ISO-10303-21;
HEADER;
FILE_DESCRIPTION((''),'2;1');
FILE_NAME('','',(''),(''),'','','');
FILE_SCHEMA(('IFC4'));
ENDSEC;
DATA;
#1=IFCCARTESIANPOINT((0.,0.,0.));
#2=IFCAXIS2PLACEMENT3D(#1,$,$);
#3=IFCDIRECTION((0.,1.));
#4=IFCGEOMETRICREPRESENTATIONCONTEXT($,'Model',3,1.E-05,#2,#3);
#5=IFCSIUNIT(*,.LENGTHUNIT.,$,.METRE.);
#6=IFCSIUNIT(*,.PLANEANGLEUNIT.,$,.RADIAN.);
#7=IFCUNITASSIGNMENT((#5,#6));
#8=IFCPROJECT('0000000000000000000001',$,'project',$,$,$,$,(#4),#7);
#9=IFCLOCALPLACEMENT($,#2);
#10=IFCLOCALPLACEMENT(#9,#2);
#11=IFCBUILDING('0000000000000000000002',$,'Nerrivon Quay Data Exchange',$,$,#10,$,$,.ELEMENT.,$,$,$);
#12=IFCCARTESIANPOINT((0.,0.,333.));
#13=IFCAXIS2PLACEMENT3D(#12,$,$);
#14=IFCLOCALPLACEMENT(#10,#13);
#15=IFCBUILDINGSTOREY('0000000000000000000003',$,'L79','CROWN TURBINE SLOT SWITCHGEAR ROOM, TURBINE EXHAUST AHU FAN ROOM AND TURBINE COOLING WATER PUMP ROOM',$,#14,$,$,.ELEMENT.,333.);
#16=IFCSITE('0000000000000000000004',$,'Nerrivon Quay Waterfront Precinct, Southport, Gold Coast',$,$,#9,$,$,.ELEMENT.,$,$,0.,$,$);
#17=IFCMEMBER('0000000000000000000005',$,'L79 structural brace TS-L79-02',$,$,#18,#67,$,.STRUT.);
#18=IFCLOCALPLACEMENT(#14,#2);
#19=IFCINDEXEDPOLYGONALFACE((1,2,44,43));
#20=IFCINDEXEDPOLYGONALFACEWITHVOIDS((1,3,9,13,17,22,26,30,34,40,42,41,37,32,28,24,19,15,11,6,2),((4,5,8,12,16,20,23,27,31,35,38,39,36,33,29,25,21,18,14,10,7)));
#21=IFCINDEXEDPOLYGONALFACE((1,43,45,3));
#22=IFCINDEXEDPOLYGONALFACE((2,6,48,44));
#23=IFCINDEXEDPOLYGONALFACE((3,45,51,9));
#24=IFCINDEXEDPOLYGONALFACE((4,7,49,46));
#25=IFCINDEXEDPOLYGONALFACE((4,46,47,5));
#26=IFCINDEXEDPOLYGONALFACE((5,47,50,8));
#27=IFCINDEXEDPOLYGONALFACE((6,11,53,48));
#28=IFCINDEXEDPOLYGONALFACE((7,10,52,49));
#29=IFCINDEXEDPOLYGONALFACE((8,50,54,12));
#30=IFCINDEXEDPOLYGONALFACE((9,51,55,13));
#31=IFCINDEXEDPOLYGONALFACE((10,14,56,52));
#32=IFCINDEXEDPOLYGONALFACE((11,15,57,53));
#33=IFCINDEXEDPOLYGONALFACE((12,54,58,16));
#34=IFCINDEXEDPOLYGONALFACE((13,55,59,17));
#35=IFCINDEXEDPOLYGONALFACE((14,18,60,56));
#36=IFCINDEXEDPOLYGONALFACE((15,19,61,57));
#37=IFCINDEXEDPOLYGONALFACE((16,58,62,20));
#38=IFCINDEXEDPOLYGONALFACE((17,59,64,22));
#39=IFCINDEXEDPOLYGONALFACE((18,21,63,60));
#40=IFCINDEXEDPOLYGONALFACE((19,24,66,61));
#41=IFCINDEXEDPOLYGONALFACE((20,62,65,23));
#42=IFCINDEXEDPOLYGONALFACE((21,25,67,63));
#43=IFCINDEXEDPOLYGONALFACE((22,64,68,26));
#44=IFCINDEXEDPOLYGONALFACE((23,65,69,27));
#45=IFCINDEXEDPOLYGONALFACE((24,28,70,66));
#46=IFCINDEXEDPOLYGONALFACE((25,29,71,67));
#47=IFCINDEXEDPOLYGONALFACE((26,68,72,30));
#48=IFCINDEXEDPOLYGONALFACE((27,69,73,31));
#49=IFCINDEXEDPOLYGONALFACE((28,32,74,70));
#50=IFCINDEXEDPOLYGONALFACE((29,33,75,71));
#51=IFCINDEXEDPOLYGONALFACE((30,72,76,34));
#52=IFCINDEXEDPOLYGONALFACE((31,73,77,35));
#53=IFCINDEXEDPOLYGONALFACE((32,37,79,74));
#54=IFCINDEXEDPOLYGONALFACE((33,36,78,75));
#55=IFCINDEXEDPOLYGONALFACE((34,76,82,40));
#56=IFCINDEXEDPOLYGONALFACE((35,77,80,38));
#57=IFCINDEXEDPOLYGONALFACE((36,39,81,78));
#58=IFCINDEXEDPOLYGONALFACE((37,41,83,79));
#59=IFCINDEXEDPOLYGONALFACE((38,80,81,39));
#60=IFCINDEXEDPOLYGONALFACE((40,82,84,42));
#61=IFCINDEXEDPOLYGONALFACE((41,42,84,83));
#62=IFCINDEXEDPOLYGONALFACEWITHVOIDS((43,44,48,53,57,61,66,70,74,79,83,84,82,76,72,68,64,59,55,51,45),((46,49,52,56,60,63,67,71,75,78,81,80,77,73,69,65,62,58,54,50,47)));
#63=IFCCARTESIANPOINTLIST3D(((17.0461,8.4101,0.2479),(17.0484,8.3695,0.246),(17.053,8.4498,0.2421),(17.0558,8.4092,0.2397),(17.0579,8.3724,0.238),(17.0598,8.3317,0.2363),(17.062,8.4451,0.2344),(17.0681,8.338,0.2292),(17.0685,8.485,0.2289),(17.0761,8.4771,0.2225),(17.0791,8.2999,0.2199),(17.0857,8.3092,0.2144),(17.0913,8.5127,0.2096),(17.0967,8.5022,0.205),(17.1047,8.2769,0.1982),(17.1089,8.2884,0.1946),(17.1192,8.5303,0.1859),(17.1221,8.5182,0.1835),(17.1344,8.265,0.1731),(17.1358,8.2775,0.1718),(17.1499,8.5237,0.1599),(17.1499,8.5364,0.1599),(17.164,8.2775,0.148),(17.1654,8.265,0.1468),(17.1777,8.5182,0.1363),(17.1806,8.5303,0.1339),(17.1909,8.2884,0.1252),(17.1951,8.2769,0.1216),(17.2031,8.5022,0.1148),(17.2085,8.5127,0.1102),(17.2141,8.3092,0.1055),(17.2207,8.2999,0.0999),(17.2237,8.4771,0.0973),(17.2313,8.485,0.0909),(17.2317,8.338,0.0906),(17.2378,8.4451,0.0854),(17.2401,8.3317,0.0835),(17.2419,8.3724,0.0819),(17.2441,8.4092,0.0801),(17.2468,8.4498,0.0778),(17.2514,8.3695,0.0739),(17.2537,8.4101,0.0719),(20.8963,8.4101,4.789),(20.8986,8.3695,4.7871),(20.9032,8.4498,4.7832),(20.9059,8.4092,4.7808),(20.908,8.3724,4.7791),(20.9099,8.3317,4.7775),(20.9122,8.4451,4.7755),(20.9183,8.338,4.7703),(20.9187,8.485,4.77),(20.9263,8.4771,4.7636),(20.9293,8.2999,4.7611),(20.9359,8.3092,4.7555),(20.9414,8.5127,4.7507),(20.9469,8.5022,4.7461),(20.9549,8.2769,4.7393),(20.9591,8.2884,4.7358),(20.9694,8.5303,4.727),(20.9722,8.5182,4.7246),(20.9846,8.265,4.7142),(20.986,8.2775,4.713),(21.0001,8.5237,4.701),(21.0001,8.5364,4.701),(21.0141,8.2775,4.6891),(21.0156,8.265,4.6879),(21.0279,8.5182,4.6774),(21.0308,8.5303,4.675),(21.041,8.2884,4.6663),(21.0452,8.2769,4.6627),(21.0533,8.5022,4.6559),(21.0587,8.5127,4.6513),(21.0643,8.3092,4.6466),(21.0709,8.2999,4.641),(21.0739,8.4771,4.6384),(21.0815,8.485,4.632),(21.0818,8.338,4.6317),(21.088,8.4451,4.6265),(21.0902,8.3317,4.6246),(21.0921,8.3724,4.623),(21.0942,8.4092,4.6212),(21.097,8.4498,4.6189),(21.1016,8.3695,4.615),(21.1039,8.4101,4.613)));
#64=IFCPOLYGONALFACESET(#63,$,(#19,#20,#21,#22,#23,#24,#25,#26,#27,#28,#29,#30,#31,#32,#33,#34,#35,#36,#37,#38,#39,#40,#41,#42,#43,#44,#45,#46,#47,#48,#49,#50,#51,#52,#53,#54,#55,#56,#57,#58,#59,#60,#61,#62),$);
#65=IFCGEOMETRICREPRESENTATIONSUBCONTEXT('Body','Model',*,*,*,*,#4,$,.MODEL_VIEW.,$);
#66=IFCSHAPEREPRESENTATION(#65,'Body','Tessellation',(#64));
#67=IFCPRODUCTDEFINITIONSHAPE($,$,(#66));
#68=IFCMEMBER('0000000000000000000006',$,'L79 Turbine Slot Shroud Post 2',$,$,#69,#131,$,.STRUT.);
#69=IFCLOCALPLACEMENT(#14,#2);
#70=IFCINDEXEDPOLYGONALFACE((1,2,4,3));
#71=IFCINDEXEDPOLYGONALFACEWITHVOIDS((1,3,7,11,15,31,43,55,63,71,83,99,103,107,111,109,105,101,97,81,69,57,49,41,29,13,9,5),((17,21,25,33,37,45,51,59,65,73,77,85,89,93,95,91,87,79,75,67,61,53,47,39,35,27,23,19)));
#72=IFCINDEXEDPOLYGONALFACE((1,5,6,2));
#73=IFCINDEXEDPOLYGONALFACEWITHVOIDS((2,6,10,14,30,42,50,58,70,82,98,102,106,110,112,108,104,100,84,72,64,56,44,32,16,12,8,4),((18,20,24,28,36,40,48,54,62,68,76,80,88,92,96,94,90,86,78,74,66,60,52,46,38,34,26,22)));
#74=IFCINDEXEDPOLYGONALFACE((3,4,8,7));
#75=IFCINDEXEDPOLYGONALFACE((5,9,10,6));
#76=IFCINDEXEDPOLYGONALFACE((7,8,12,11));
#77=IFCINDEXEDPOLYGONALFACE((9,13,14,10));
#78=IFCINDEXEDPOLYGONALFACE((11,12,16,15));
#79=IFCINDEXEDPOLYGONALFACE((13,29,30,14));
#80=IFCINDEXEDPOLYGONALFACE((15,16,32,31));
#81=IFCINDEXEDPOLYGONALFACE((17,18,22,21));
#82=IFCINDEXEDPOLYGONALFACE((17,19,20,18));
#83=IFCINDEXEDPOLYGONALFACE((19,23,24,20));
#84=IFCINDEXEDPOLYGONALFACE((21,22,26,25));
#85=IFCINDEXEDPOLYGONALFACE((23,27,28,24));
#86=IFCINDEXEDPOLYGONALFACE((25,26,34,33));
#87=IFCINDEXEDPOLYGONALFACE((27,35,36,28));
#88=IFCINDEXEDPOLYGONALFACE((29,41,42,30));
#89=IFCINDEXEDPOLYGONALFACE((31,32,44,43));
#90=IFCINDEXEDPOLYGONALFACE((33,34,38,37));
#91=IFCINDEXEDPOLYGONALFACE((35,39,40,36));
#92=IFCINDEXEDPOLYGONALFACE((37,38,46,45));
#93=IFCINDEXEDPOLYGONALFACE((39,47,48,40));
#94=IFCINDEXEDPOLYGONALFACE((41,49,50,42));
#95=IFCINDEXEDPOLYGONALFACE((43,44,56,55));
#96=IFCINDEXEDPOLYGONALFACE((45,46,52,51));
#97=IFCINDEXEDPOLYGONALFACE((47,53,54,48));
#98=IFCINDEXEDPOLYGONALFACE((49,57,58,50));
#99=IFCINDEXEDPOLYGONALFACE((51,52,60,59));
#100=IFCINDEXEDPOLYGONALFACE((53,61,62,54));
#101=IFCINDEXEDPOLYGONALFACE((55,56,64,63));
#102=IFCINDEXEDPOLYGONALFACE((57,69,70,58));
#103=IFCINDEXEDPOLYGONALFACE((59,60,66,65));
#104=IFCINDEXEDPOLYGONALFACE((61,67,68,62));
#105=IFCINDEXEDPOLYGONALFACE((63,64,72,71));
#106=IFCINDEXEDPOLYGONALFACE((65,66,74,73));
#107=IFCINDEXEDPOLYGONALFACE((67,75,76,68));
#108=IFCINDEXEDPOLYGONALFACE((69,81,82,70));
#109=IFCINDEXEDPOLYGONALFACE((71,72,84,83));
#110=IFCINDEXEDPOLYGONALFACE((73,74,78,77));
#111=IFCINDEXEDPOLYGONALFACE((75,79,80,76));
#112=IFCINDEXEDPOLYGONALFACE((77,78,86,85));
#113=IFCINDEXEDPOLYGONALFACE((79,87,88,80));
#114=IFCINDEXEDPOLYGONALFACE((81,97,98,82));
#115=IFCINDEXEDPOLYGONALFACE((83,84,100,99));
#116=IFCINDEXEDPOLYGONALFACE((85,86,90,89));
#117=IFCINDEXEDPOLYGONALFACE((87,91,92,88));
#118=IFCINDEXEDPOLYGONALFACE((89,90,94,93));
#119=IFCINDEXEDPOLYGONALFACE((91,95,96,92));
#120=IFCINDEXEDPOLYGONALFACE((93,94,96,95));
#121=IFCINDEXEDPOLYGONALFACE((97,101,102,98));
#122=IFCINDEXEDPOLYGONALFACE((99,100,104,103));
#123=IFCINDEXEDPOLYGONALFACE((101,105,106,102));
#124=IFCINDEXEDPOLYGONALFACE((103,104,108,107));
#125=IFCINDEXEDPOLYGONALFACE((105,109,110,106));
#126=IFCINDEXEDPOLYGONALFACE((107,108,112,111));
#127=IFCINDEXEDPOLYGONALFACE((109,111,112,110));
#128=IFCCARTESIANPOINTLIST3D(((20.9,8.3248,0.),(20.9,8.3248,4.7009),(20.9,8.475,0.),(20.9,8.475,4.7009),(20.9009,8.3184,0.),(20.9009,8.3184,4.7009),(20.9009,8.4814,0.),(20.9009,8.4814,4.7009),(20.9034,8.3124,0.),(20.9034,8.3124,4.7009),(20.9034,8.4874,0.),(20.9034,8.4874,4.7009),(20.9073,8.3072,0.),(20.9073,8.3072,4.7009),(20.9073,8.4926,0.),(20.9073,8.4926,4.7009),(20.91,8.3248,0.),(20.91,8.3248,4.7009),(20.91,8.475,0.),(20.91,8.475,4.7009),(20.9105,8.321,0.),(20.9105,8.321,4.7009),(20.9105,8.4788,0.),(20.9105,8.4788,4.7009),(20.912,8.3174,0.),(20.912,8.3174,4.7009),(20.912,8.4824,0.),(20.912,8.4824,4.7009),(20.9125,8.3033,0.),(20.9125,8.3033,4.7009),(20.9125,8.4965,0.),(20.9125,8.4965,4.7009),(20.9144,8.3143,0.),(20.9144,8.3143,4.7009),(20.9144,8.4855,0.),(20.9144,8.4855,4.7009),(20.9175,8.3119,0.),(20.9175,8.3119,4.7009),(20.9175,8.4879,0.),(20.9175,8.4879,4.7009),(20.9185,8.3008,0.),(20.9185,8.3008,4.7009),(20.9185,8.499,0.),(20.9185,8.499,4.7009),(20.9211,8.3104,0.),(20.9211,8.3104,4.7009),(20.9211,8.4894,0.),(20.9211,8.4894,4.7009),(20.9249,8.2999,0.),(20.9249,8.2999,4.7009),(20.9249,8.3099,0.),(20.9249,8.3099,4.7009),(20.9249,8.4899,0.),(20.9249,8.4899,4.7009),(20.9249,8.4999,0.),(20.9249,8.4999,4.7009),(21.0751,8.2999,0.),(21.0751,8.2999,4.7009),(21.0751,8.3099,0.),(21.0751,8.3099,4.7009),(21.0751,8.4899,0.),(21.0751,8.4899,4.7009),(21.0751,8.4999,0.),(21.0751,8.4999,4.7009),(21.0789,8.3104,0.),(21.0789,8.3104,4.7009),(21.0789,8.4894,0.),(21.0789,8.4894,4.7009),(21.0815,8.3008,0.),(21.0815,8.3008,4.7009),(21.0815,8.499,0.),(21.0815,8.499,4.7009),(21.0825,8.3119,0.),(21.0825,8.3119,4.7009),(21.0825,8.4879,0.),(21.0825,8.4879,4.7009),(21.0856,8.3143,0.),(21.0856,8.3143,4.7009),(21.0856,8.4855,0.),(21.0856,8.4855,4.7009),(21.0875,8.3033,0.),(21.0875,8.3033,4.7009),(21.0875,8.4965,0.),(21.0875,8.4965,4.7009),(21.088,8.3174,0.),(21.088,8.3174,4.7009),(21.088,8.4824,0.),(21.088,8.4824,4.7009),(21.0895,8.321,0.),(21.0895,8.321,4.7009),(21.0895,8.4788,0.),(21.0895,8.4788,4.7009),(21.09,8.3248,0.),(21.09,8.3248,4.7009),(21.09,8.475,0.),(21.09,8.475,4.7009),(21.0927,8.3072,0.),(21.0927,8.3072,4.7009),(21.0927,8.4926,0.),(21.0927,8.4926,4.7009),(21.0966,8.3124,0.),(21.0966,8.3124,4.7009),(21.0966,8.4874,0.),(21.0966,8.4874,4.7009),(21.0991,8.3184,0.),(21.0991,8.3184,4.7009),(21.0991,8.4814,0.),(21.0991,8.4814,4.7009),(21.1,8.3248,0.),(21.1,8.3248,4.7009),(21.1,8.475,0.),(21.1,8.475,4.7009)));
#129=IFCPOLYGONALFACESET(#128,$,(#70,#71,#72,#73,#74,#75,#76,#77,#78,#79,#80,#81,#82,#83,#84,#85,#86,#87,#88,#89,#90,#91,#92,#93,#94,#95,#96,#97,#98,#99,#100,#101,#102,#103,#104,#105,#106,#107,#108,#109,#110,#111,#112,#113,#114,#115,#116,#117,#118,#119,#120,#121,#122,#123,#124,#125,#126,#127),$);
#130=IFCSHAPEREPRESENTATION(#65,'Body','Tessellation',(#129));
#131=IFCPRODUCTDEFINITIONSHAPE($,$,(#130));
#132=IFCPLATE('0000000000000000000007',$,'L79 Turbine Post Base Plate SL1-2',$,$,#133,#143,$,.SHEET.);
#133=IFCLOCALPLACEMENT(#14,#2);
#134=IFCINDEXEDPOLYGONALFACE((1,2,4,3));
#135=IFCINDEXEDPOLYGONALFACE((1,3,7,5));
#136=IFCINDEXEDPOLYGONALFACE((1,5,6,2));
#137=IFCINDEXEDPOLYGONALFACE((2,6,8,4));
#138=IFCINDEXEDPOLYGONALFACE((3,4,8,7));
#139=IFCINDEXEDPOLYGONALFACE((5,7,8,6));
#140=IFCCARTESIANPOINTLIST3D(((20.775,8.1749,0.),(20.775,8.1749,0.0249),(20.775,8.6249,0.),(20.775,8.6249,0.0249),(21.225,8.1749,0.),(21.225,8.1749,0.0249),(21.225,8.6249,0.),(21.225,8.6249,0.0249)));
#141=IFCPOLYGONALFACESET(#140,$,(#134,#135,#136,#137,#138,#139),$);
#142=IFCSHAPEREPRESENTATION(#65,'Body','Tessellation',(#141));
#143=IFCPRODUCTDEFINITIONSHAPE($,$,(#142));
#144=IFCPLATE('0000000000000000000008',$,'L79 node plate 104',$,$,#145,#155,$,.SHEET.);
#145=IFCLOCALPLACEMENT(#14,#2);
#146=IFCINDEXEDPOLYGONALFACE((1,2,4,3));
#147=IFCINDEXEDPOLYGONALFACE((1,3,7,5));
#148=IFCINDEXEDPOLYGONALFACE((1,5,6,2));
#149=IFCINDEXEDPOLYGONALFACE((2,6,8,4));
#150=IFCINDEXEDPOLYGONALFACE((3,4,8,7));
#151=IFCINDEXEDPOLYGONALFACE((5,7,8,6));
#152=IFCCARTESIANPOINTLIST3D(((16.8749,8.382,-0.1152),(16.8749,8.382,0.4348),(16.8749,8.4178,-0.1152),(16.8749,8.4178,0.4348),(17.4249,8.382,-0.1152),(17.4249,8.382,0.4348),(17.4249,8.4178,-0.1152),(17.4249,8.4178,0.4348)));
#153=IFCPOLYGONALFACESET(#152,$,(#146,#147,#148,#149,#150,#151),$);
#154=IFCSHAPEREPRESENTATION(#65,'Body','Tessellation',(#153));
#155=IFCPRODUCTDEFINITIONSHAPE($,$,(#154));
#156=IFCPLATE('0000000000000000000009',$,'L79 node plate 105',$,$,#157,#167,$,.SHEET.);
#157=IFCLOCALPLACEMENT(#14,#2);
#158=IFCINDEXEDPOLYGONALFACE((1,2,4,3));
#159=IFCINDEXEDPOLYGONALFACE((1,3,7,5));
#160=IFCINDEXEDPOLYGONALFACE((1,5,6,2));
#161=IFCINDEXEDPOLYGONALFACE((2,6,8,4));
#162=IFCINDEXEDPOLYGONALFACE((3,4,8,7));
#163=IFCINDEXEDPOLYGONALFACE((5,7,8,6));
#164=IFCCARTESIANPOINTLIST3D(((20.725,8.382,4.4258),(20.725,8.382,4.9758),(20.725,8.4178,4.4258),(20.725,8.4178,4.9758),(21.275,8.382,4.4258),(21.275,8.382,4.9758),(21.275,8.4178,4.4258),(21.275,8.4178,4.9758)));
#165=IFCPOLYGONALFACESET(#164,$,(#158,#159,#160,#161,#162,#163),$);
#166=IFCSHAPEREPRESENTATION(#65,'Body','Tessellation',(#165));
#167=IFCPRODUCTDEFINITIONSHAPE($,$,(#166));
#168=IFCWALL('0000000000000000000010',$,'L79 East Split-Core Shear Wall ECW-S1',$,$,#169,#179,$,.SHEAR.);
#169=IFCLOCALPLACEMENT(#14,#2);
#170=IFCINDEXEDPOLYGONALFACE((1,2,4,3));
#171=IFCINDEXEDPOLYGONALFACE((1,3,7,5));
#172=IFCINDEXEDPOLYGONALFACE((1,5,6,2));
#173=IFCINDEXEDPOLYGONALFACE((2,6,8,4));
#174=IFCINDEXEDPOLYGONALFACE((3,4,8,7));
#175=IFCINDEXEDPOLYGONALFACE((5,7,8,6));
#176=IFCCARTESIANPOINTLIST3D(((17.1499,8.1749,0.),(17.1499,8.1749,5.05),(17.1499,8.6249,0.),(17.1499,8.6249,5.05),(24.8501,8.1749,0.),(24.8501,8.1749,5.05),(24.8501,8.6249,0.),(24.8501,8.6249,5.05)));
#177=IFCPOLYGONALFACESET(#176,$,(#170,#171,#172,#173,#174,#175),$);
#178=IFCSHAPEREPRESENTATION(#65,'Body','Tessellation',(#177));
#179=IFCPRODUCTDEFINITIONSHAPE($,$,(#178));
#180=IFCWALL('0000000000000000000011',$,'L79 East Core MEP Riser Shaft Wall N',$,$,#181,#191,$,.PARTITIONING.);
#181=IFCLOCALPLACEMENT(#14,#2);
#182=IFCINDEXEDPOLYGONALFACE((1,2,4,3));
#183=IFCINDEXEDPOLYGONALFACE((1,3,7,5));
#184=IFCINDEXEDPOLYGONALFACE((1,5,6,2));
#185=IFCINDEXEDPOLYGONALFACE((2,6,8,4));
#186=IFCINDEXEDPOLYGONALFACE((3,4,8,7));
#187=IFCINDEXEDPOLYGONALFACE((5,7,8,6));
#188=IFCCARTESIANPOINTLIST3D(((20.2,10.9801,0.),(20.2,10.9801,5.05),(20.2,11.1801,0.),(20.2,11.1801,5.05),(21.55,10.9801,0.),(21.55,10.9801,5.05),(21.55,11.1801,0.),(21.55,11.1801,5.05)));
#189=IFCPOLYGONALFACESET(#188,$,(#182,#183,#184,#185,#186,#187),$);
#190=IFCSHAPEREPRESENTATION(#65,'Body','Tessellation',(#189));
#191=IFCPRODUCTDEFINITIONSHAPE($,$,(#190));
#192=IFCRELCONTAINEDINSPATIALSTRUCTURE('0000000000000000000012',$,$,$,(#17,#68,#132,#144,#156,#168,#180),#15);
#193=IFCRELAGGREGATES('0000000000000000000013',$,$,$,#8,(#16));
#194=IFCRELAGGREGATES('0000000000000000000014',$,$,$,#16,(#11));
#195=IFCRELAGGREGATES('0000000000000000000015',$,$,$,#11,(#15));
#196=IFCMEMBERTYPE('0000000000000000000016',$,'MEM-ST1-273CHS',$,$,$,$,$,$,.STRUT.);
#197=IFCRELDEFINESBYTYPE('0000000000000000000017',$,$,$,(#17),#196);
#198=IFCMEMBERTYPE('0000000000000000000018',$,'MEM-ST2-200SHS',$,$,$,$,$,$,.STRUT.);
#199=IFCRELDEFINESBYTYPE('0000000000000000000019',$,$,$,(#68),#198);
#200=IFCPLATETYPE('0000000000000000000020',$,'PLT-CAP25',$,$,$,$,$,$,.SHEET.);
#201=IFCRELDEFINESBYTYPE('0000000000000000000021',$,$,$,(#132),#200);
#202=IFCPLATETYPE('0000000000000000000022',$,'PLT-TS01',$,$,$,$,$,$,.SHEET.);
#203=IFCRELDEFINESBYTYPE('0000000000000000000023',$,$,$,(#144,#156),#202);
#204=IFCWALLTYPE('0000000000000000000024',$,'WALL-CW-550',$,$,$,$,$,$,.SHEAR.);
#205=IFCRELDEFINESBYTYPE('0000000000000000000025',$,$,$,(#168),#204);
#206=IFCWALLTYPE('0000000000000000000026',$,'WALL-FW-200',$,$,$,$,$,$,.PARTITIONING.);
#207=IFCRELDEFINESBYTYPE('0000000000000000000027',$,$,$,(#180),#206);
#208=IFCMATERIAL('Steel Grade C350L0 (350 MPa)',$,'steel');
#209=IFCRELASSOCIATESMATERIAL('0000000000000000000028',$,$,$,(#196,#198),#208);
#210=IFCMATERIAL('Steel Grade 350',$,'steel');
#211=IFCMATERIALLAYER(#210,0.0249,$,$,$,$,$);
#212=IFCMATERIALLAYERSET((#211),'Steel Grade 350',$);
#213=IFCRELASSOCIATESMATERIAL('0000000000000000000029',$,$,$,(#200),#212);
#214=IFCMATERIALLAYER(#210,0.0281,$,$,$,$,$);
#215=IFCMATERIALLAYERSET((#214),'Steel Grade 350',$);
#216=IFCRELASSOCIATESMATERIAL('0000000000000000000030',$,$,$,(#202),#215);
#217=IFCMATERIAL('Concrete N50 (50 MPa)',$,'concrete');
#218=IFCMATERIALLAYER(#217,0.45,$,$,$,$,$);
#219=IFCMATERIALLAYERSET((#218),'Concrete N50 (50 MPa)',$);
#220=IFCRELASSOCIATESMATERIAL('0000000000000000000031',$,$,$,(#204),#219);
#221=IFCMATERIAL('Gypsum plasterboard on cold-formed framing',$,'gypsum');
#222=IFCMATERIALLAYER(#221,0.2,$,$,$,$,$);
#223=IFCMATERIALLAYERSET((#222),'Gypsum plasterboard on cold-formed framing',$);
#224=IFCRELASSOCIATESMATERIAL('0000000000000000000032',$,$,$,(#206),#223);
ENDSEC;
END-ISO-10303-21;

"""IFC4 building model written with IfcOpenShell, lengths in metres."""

from ifc_helpers import new_model, si_unit, direction, frame, frame_2d, origin, origin_2d, place, context, subcontext, project, spatial, rectangle, hollow_rectangle, hollow_circle, extrude, material, layer, layer_set, material_profile, profile_set, type_object, element, save


model = new_model("IFC4")

# Units and contexts
model_context = context("Model", 3, precision=1e-05, world=origin(), true_north=direction((0.0, 1.0)))
body_context = subcontext(model_context, "Body", "Model", "MODEL_VIEW")
ifc_project = project(units=[si_unit("LENGTHUNIT", "METRE"), si_unit("PLANEANGLEUNIT", "RADIAN")], contexts=[model_context])

# Site, building, storey
site_placement = place(None, origin())
site = spatial("IfcSite", under=ifc_project, at=site_placement, Name="Nerrivon Quay Waterfront Precinct, Southport, Gold Coast", CompositionType="ELEMENT", RefElevation=0.0)
building_placement = place(site_placement, origin())
building = spatial("IfcBuilding", under=site, at=building_placement, Name="Nerrivon Quay Data Exchange", CompositionType="ELEMENT")
storey_placement = place(building_placement, frame((0.0, 0.0, 333.0)))
storey = spatial("IfcBuildingStorey", under=building, at=storey_placement, Name="L79", Description="CROWN TURBINE SLOT SWITCHGEAR ROOM, TURBINE EXHAUST AHU FAN ROOM AND TURBINE COOLING WATER PUMP ROOM", CompositionType="ELEMENT", Elevation=333.0)

# Shared definitions
ifc_material_1 = material(Name="Concrete N50 (50 MPa)", Category="concrete")

# Shared definitions
ifc_material_2 = material(Name="Steel Grade 350", Category="steel")

# Members
ifc_material_3 = material(Name="Steel Grade C350L0 (350 MPa)", Category="steel")
ifc_material_profile_1 = material_profile(ifc_material_3, hollow_circle(Radius=0.1365, WallThickness=0.0127, at=origin_2d()), Name="273.1x12.7CHS")
ifc_profile_set_1 = profile_set([ifc_material_profile_1], Name="Steel Grade C350L0 (350 MPa)")
member_type_1 = type_object("IfcMemberType", Name="MEM-ST1-273CHS", PredefinedType="STRUT", material=ifc_profile_set_1)
member_1_placement = place(storey_placement, frame((17.1499, 8.3999, 0.1599), z_axis=(0.646696, 0.0, 0.762748), x_axis=(0.0, 1.0, 0.0)))
element("IfcMember", 1, at=member_1_placement, inside=storey, type_object=member_type_1, Name="L79 structural brace TS-L79-02", PredefinedType="STRUT", context=body_context, shape_type="SweptSolid", body=[
    extrude(hollow_circle(Radius=0.1365, WallThickness=0.0127, at=origin_2d()), origin(), (0.0, 0.0, 1.0), 5.9536),
])
ifc_material_profile_2 = material_profile(ifc_material_3, hollow_rectangle(XDim=0.2, YDim=0.2, WallThickness=0.01, InnerFilletRadius=0.0149, OuterFilletRadius=0.0249, at=origin_2d()), Name="200x200x10.0SHS")
ifc_profile_set_2 = profile_set([ifc_material_profile_2], Name="Steel Grade C350L0 (350 MPa)")
member_type_2 = type_object("IfcMemberType", Name="MEM-ST2-200SHS", PredefinedType="STRUT", material=ifc_profile_set_2)
member_2_placement = place(storey_placement, frame((21.0, 8.3999, 0.0), z_axis=(0.0, 0.0, 1.0), x_axis=(1.0, 0.0, 0.0)))
element("IfcMember", 2, at=member_2_placement, inside=storey, type_object=member_type_2, Name="L79 Turbine Slot Shroud Post 2", PredefinedType="STRUT", context=body_context, shape_type="SweptSolid", body=[
    extrude(hollow_rectangle(XDim=0.2, YDim=0.2, WallThickness=0.01, InnerFilletRadius=0.0149, OuterFilletRadius=0.0249, at=origin_2d()), origin(), (0.0, 0.0, 1.0), 4.7009),
])

# Plates
ifc_layer_1 = layer(ifc_material_2, 0.0249)
ifc_layer_set_1 = layer_set([ifc_layer_1], Name="Steel Grade 350")
plate_type_1 = type_object("IfcPlateType", Name="PLT-CAP25", PredefinedType="SHEET", material=ifc_layer_set_1)
plate_placement = place(storey_placement, frame((21.0, 8.3999, 0.0), z_axis=(0.0, 0.0, 1.0), x_axis=(1.0, 0.0, 0.0)))
element("IfcPlate", 3, at=plate_placement, inside=storey, type_object=plate_type_1, Name="L79 Turbine Post Base Plate SL1-2", PredefinedType="SHEET", context=body_context, shape_type="SweptSolid", body=[
    extrude(rectangle(XDim=0.45, YDim=0.45, at=origin_2d()), origin(), (0.0, 0.0, 1.0), 0.0249),
])
ifc_layer_2 = layer(ifc_material_2, 0.0281)
ifc_layer_set_2 = layer_set([ifc_layer_2], Name="Steel Grade 350")
plate_type_2 = type_object("IfcPlateType", Name="PLT-TS01", PredefinedType="SHEET", material=ifc_layer_set_2)
for number, where, z_axis, x_axis, name in (
    (4, (17.1499, 8.3999, -0.1152), (0.0, 0.0, 1.0), (1.0, 0.0, 0.0), "L79 node plate 104"),
    (5, (21.0, 8.3999, 4.4258), (0.0, 0.0, 1.0), (1.0, 0.0, 0.0), "L79 node plate 105"),
):
    element("IfcPlate", number, at=place(storey_placement, frame(where, z_axis=z_axis, x_axis=x_axis)), inside=storey, type_object=plate_type_2, Name=name, PredefinedType="SHEET", context=body_context, shape_type="SweptSolid", body=[
        extrude(rectangle(XDim=0.55, YDim=0.0359, at=origin_2d()), origin(), (0.0, 0.0, 1.0), 0.55),
    ])

# Wall
ifc_layer_3 = layer(ifc_material_1, 0.45)
ifc_layer_set_3 = layer_set([ifc_layer_3], Name="Concrete N50 (50 MPa)")
wall_type_1 = type_object("IfcWallType", Name="WALL-CW-550", PredefinedType="SHEAR", material=ifc_layer_set_3)
wall_1_placement = place(storey_placement, frame((17.1499, 8.3999, 0.0), z_axis=(0.0, 0.0, 1.0), x_axis=(1.0, 0.0, 0.0)))
element("IfcWall", 6, at=wall_1_placement, inside=storey, type_object=wall_type_1, Name="L79 East Split-Core Shear Wall ECW-S1", PredefinedType="SHEAR", context=body_context, shape_type="SweptSolid", body=[
    extrude(rectangle(XDim=7.7002, YDim=0.45, at=frame_2d((3.8501, 0.0))), origin(), (0.0, 0.0, 1.0), 5.05),
])

# Wall
ifc_material_4 = material(Name="Gypsum plasterboard on cold-formed framing", Category="gypsum")
ifc_layer_4 = layer(ifc_material_4, 0.2)
ifc_layer_set_4 = layer_set([ifc_layer_4], Name="Gypsum plasterboard on cold-formed framing")
wall_type_2 = type_object("IfcWallType", Name="WALL-FW-200", PredefinedType="PARTITIONING", material=ifc_layer_set_4)
wall_2_placement = place(storey_placement, frame((20.2, 11.0801, 0.0), z_axis=(0.0, 0.0, 1.0), x_axis=(1.0, 0.0, 0.0)))
element("IfcWall", 7, at=wall_2_placement, inside=storey, type_object=wall_type_2, Name="L79 East Core MEP Riser Shaft Wall N", PredefinedType="PARTITIONING", context=body_context, shape_type="SweptSolid", body=[
    extrude(rectangle(XDim=1.3501, YDim=0.2, at=frame_2d((0.675, 0.0))), origin(), (0.0, 0.0, 1.0), 5.05),
])

save(model, "model.ifc")
